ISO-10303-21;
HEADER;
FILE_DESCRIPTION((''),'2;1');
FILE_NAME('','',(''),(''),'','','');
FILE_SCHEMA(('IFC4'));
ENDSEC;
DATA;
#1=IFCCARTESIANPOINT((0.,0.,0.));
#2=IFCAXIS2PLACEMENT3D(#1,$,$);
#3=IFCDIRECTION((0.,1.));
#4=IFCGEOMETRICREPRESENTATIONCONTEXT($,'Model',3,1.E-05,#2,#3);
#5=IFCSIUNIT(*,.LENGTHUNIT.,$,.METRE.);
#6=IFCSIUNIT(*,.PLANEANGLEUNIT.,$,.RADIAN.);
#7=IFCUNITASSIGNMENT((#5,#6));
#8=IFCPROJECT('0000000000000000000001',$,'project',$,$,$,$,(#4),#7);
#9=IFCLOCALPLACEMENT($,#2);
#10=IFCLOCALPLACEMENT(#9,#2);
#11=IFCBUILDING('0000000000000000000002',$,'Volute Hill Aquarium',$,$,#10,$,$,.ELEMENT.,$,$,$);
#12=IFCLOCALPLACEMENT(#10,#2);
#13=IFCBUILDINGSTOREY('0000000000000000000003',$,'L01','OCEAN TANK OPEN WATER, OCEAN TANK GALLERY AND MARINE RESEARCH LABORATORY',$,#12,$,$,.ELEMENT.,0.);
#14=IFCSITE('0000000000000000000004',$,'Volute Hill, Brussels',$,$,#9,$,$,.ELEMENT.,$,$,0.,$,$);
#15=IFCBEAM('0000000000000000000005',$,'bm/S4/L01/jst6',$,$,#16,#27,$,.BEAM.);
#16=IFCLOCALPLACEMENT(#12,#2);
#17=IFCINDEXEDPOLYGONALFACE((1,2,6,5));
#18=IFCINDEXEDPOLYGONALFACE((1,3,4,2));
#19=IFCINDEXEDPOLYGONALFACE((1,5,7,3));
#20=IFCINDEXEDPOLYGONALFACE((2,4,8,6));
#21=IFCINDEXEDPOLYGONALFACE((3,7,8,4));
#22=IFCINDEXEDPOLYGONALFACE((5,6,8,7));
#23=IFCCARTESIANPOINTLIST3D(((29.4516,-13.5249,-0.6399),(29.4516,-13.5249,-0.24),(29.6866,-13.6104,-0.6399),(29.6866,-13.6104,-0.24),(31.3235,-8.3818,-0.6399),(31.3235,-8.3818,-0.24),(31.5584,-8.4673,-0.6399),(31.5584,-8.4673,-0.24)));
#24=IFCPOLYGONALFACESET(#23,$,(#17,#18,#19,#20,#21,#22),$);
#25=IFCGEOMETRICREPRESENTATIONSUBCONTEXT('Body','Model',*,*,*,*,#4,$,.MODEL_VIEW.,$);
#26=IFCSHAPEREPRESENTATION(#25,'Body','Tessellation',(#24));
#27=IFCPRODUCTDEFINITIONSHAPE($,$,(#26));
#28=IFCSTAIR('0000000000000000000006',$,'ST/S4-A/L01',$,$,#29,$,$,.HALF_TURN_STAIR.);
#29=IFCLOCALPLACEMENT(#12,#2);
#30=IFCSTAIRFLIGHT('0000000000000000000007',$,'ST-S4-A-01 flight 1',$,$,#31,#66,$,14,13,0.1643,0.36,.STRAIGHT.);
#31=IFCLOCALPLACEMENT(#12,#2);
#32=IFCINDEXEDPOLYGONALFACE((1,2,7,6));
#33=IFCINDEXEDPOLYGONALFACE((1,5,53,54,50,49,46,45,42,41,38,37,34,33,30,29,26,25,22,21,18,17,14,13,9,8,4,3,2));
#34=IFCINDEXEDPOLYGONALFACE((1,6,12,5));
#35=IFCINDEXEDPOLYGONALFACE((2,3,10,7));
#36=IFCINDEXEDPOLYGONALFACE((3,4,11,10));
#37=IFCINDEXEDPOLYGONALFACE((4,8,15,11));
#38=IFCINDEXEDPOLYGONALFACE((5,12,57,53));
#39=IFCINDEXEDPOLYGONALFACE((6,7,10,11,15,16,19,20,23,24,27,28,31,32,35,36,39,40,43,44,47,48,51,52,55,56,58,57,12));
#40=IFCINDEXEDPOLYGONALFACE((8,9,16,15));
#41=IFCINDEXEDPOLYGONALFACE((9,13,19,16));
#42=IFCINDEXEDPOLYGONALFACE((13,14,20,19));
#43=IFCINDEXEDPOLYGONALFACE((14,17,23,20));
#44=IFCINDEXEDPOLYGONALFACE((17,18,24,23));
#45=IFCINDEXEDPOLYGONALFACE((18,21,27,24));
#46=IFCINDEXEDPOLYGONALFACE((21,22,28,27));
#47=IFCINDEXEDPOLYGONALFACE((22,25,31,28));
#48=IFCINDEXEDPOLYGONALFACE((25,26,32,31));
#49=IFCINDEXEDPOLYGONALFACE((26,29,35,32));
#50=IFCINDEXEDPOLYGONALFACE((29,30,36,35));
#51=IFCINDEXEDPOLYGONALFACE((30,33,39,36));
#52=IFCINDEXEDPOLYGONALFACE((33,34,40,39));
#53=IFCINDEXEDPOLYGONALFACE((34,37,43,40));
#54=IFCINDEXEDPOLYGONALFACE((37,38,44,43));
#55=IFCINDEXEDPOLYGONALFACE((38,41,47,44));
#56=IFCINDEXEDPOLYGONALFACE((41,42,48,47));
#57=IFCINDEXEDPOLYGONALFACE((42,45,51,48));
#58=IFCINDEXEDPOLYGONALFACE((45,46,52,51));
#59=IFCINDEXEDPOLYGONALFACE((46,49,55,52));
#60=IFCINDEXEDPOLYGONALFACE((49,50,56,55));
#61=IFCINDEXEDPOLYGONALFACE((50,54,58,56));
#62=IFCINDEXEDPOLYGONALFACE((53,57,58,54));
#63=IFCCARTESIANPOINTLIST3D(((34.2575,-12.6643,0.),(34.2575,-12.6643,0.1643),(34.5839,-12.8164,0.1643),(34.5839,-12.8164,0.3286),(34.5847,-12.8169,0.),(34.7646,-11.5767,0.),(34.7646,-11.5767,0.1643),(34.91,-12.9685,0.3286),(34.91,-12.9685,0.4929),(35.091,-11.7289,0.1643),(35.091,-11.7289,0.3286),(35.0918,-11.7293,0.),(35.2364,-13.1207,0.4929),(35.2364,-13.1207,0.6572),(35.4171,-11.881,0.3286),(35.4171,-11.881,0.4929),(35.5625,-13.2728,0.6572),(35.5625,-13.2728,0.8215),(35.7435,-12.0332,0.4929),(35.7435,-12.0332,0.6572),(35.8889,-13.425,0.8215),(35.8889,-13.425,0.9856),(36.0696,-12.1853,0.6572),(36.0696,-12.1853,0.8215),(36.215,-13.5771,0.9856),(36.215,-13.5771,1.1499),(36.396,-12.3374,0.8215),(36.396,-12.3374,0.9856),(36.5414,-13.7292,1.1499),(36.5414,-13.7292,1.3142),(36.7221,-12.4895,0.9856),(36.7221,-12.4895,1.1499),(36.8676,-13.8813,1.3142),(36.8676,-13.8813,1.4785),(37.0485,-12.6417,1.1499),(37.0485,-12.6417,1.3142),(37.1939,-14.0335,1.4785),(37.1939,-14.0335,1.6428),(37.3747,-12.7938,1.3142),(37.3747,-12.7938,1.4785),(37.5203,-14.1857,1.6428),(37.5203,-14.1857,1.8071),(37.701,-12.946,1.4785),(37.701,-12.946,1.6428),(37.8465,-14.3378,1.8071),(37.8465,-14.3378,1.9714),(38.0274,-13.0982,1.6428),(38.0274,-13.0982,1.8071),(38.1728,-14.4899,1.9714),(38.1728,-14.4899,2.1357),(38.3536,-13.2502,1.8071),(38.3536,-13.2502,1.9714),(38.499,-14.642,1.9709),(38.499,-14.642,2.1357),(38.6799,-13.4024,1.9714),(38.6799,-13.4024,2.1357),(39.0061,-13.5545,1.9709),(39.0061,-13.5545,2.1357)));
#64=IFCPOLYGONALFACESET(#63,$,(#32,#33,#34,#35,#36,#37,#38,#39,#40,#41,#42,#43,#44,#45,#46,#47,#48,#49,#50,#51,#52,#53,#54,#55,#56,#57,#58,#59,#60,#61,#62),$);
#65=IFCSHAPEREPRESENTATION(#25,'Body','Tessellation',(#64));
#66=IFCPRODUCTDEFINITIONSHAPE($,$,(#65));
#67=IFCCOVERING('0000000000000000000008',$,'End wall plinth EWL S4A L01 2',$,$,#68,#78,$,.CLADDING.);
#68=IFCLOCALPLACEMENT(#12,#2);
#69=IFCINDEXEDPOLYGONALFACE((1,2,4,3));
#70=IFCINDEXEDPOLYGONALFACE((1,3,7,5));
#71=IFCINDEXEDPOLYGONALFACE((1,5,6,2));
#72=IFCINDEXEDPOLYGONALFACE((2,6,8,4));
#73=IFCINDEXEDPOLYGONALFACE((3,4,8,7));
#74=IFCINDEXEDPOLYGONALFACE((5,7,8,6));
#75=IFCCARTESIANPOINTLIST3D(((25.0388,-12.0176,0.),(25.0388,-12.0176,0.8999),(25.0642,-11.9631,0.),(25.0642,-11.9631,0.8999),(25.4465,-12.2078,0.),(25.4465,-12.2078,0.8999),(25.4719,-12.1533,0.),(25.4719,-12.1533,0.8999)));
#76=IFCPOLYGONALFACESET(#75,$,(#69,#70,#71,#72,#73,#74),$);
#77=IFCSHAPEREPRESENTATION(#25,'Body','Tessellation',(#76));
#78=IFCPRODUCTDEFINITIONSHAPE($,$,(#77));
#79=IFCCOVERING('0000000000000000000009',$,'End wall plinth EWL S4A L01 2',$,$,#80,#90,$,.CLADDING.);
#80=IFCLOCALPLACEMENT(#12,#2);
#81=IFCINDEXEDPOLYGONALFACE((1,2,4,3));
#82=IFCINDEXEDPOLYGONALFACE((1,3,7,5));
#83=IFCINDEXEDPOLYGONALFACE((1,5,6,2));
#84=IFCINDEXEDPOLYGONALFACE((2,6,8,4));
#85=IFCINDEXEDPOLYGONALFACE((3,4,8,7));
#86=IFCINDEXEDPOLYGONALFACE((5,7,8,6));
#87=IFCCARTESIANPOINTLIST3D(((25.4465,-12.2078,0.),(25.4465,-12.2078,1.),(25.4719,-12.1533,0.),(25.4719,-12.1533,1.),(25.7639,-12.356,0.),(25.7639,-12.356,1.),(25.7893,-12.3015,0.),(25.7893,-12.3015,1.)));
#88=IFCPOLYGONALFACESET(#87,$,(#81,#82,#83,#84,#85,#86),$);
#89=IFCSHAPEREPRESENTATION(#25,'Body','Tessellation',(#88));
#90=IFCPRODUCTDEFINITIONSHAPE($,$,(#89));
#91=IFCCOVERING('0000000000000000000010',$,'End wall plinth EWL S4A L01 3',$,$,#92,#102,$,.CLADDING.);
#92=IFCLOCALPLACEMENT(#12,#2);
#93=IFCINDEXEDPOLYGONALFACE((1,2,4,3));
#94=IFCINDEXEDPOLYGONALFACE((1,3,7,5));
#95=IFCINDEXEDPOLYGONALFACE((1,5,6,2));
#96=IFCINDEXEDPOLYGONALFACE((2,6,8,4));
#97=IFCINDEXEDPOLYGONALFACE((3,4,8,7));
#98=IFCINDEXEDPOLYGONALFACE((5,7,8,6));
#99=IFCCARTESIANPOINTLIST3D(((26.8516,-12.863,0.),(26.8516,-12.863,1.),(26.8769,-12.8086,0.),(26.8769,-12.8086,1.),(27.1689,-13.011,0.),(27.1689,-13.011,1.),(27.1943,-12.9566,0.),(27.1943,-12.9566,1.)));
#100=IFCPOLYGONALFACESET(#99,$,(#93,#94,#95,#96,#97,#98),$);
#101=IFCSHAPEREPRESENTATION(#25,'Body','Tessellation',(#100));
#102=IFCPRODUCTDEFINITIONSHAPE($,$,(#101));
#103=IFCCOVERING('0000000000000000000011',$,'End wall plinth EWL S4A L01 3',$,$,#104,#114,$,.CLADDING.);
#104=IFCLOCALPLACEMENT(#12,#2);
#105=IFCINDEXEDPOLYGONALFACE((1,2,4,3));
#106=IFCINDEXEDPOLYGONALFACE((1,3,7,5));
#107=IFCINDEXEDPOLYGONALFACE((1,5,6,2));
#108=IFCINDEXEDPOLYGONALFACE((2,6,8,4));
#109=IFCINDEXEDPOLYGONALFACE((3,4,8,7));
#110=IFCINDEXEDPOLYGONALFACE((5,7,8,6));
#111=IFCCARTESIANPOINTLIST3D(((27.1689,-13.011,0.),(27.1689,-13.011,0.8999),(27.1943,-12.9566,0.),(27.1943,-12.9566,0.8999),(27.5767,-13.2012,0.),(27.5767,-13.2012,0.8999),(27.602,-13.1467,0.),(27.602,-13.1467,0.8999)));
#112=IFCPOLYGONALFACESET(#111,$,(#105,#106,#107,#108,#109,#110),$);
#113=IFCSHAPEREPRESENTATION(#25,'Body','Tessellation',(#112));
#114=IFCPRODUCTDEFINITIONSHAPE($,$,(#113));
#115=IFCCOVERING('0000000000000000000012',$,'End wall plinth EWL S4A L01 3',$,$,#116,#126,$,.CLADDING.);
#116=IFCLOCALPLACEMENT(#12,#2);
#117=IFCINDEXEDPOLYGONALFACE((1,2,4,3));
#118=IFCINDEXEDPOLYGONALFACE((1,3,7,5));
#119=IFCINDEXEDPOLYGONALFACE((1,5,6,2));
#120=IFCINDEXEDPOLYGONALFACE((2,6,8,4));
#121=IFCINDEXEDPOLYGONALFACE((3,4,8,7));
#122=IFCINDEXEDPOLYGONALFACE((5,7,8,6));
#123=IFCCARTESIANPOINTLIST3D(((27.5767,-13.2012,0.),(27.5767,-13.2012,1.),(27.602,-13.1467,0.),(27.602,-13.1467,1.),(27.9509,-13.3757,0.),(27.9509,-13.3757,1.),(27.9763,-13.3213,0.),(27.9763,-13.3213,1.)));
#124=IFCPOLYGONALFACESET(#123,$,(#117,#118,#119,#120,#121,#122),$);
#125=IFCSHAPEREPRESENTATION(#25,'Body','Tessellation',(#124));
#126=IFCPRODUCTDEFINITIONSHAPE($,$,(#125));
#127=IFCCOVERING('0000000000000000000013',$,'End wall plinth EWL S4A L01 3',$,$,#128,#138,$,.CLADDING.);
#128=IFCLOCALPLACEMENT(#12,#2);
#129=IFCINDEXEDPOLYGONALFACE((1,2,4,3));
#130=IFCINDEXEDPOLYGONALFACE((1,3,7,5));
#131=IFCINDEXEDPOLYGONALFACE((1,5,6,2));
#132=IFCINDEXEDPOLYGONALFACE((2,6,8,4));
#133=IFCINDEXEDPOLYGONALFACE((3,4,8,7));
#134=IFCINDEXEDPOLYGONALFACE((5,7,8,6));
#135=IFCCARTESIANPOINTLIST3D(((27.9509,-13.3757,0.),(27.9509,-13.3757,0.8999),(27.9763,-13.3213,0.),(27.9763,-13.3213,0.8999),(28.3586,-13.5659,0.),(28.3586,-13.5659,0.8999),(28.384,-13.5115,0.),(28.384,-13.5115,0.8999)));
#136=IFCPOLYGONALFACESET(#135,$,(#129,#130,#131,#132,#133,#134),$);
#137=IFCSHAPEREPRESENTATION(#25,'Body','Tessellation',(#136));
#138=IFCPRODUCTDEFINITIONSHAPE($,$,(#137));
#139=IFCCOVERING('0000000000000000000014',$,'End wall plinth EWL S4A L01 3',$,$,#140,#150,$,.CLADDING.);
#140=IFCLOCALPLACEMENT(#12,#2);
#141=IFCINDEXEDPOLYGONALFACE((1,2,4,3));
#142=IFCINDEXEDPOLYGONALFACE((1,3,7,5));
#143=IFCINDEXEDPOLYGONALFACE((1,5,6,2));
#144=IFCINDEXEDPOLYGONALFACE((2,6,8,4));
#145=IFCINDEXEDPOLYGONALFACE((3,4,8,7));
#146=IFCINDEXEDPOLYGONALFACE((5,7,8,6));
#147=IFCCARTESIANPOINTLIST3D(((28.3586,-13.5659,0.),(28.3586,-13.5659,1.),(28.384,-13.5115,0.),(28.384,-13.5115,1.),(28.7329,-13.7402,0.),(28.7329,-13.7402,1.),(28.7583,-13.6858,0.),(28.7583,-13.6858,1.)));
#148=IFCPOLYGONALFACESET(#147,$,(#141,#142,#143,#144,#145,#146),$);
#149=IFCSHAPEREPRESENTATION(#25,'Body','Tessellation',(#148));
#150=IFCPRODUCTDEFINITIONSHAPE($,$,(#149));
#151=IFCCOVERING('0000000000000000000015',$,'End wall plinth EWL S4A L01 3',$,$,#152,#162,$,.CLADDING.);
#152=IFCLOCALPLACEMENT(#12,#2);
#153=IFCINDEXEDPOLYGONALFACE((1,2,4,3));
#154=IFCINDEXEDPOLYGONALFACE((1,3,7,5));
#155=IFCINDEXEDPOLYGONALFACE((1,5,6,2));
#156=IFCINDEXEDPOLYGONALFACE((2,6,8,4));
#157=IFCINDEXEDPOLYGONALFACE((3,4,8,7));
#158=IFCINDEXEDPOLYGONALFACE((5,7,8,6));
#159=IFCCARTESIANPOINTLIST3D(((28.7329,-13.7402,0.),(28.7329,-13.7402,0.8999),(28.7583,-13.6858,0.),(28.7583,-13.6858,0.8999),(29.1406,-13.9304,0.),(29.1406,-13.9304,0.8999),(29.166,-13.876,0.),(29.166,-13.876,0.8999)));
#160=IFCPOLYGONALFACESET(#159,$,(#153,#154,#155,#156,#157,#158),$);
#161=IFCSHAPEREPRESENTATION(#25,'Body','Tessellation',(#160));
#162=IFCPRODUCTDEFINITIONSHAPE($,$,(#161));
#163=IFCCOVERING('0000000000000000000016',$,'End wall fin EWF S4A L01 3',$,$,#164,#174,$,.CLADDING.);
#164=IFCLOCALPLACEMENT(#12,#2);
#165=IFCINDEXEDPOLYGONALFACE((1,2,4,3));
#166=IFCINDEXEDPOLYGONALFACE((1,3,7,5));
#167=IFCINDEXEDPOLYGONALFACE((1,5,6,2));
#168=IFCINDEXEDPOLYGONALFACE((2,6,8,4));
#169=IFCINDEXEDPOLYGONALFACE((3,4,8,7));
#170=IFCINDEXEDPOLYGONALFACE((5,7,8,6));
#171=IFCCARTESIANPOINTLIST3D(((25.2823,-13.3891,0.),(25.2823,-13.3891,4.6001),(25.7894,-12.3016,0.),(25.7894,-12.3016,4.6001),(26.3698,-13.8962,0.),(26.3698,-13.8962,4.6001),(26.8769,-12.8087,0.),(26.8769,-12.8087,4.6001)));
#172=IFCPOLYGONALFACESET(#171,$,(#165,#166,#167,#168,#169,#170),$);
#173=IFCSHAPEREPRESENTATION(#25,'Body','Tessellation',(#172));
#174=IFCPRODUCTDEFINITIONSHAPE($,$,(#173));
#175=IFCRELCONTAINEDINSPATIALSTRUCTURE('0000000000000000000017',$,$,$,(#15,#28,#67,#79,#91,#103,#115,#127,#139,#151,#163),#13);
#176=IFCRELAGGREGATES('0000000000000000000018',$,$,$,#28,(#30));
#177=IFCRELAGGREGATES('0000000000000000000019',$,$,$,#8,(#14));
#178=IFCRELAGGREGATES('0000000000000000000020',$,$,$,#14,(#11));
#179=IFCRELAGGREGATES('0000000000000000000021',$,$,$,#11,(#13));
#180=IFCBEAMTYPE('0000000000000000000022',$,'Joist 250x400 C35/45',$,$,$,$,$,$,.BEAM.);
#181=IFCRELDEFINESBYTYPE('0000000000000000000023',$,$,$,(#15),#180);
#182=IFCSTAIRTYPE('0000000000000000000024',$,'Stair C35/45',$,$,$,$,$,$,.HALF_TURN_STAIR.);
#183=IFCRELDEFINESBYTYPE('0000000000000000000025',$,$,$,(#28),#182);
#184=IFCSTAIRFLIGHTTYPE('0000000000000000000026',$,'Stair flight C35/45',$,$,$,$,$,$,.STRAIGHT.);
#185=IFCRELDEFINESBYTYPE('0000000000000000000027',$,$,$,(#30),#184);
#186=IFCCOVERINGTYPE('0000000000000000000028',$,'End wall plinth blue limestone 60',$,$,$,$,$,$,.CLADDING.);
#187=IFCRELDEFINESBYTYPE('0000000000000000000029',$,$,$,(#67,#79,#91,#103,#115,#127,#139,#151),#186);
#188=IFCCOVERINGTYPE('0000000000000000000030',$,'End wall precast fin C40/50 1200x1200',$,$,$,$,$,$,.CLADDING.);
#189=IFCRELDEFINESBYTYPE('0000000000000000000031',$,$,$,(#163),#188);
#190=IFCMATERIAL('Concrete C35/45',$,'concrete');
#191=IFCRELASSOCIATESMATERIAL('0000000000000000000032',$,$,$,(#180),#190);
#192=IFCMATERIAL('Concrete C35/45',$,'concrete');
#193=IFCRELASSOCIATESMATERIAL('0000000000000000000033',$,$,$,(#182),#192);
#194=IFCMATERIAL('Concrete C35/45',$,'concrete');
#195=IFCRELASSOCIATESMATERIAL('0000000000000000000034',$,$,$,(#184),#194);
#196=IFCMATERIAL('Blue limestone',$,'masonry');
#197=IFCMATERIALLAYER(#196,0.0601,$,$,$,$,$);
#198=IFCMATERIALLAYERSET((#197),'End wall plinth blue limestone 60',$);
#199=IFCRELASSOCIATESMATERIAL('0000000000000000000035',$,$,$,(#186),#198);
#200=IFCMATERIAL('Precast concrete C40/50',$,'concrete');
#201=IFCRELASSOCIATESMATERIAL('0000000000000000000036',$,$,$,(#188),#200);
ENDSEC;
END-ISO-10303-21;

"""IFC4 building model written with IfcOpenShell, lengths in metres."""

from ifc_helpers import new_model, si_unit, direction, frame, origin, origin_2d, place, context, subcontext, project, spatial, polyline, rectangle, outline, extrude, material, layer, layer_set, material_profile, profile_set, type_object, element, aggregate, save


model = new_model("IFC4")

# Units and contexts
model_context = context("Model", 3, precision=1e-05, world=origin(), true_north=direction((0.0, 1.0)))
body_context = subcontext(model_context, "Body", "Model", "MODEL_VIEW")
ifc_project = project(units=[si_unit("LENGTHUNIT", "METRE"), si_unit("PLANEANGLEUNIT", "RADIAN")], contexts=[model_context])

# Site, building, storey
site_placement = place(None, origin())
site = spatial("IfcSite", under=ifc_project, at=site_placement, Name="Volute Hill, Brussels", CompositionType="ELEMENT", RefElevation=0.0)
building_placement = place(site_placement, origin())
building = spatial("IfcBuilding", under=site, at=building_placement, Name="Volute Hill Aquarium", CompositionType="ELEMENT")
storey_placement = place(building_placement, origin())
storey = spatial("IfcBuildingStorey", under=building, at=storey_placement, Name="L01", Description="OCEAN TANK OPEN WATER, OCEAN TANK GALLERY AND MARINE RESEARCH LABORATORY", CompositionType="ELEMENT", Elevation=0.0)

# Beam
ifc_material_1 = material(Name="Concrete C35/45", Category="concrete")
ifc_material_profile = material_profile(ifc_material_1, rectangle(XDim=0.25, YDim=0.3999, at=origin_2d()), Name="RC joist 250x400")
ifc_profile_set = profile_set([ifc_material_profile], Name="Concrete C35/45")
beam_type = type_object("IfcBeamType", Name="Joist 250x400 C35/45", PredefinedType="BEAM", material=ifc_profile_set)
beam_placement = place(storey_placement, frame((29.5691, -13.5676, -0.4399), z_axis=(0.342005, 0.939698, 0.0), x_axis=(-0.939698, 0.342005, 0.0)))
element("IfcBeam", 1, at=beam_placement, inside=storey, type_object=beam_type, Name="bm/S4/L01/jst6", PredefinedType="BEAM", context=body_context, shape_type="SweptSolid", body=[
    extrude(rectangle(XDim=0.25, YDim=0.3999, at=origin_2d()), origin(), (0.0, 0.0, 1.0), 5.4731),
])

# Stair, stair flight
ifc_material_2 = material(Name="Concrete C35/45", Category="concrete")
stair_type = type_object("IfcStairType", Name="Stair C35/45", PredefinedType="HALF_TURN_STAIR", material=ifc_material_2)
stair_placement = place(storey_placement, origin())
stair = element("IfcStair", 2, at=stair_placement, inside=storey, type_object=stair_type, Name="ST/S4-A/L01", PredefinedType="HALF_TURN_STAIR")
ifc_material_3 = material(Name="Concrete C35/45", Category="concrete")
stair_flight_type = type_object("IfcStairFlightType", Name="Stair flight C35/45", PredefinedType="STRAIGHT", material=ifc_material_3)
stair_flight_placement = place(storey_placement, frame((34.511, -12.1206, 0.0), z_axis=(0.0, 0.0, 1.0), x_axis=(0.906313, -0.422606, 0.0)))
stair_flight = element("IfcStairFlight", 3, at=stair_flight_placement, type_object=stair_flight_type, Name="ST-S4-A-01 flight 1", NumberOfRisers=14, NumberOfTreads=13, PredefinedType="STRAIGHT", RiserHeight=0.1643, TreadLength=0.36, context=body_context, shape_type="SweptSolid", body=[
    extrude(outline(polyline([(0.0, 0.0), (0.0, 0.1643), (0.3601, 0.1643), (0.3601, 0.3286), (0.72, 0.3286), (0.72, 0.4929), (1.0801, 0.4929), (1.0801, 0.6572), (1.4399, 0.6572), (1.4399, 0.8215), (1.8, 0.8215), (1.8, 0.9856), (2.1599, 0.9856), (2.1599, 1.1499), (2.52, 1.1499), (2.52, 1.3142), (2.8799, 1.3142), (2.8799, 1.4785), (3.24, 1.4785), (3.24, 1.6428), (3.6001, 1.6428), (3.6001, 1.8071), (3.96, 1.8071), (3.96, 1.9714), (4.3201, 1.9714), (4.3201, 2.1357), (4.6799, 2.1357), (4.6799, 2.3), (4.6799, 1.9709), (0.3611, 0.0), (0.0, 0.0)])), frame((0.0, 0.6001, 0.0), z_axis=(0.0, -1.0, 0.0), x_axis=(1.0, 0.0, 0.0)), (0.0, 0.0, 1.0), 1.2),
])
aggregate(stair, [stair_flight])

# Coverings
ifc_material_4 = material(Name="Blue limestone", Category="masonry")
ifc_layer_1 = layer(ifc_material_4, 0.0601)
ifc_layer_set_1 = layer_set([ifc_layer_1], Name="End wall plinth blue limestone 60")
covering_type_1 = type_object("IfcCoveringType", Name="End wall plinth blue limestone 60", PredefinedType="CLADDING", material=ifc_layer_set_1)
covering_1_placement = place(storey_placement, frame((25.0388, -12.0176, 0.0), z_axis=(-0.422737, -0.906252, 0.0), x_axis=(0.906252, -0.422737, 0.0)))
element("IfcCovering", 4, at=covering_1_placement, inside=storey, type_object=covering_type_1, Name="End wall plinth EWL S4A L01 2", PredefinedType="CLADDING", context=body_context, shape_type="SweptSolid", body=[
    extrude(outline(polyline([(0.0, 0.0), (0.4499, 0.0), (0.4499, 0.8999), (0.0, 0.8999), (0.0, 0.0)])), origin(), (0.0, 0.0, -1.0), 0.0601),
])
covering_2_placement = place(storey_placement, frame((25.4465, -12.2078, 0.0), z_axis=(-0.423076, -0.906094, 0.0), x_axis=(0.906094, -0.423076, 0.0)))
element("IfcCovering", 5, at=covering_2_placement, inside=storey, type_object=covering_type_1, Name="End wall plinth EWL S4A L01 2", PredefinedType="CLADDING", context=body_context, shape_type="SweptSolid", body=[
    extrude(outline(polyline([(0.0, 0.0), (0.3503, 0.0), (0.3503, 1.0), (0.0, 1.0), (0.0, 0.0)])), origin(), (0.0, 0.0, -1.0), 0.0601),
])
covering_3_placement = place(storey_placement, frame((26.8516, -12.863, 0.0), z_axis=(-0.422504, -0.906361, 0.0), x_axis=(0.906361, -0.422504, 0.0)))
element("IfcCovering", 6, at=covering_3_placement, inside=storey, type_object=covering_type_1, Name="End wall plinth EWL S4A L01 3", PredefinedType="CLADDING", context=body_context, shape_type="SweptSolid", body=[
    extrude(outline(polyline([(0.0, 0.0), (0.3502, 0.0), (0.3502, 1.0), (0.0, 1.0), (0.0, 0.0)])), origin(), (0.0, 0.0, -1.0), 0.0601),
])
covering_4_placement = place(storey_placement, frame((27.1689, -13.011, 0.0), z_axis=(-0.422737, -0.906252, 0.0), x_axis=(0.906252, -0.422737, 0.0)))
element("IfcCovering", 7, at=covering_4_placement, inside=storey, type_object=covering_type_1, Name="End wall plinth EWL S4A L01 3", PredefinedType="CLADDING", context=body_context, shape_type="SweptSolid", body=[
    extrude(outline(polyline([(0.0, 0.0), (0.4499, 0.0), (0.4499, 0.8999), (0.0, 0.8999), (0.0, 0.0)])), origin(), (0.0, 0.0, -1.0), 0.0601),
])
covering_5_placement = place(storey_placement, frame((27.5767, -13.2012, 0.0), z_axis=(-0.422691, -0.906274, 0.0), x_axis=(0.906274, -0.422691, 0.0)))
element("IfcCovering", 8, at=covering_5_placement, inside=storey, type_object=covering_type_1, Name="End wall plinth EWL S4A L01 3", PredefinedType="CLADDING", context=body_context, shape_type="SweptSolid", body=[
    extrude(outline(polyline([(0.0, 0.0), (0.413, 0.0), (0.413, 1.0), (0.0, 1.0), (0.0, 0.0)])), origin(), (0.0, 0.0, -1.0), 0.0601),
])
covering_6_placement = place(storey_placement, frame((27.9509, -13.3757, 0.0), z_axis=(-0.422737, -0.906252, 0.0), x_axis=(0.906252, -0.422737, 0.0)))
element("IfcCovering", 9, at=covering_6_placement, inside=storey, type_object=covering_type_1, Name="End wall plinth EWL S4A L01 3", PredefinedType="CLADDING", context=body_context, shape_type="SweptSolid", body=[
    extrude(outline(polyline([(0.0, 0.0), (0.4499, 0.0), (0.4499, 0.8999), (0.0, 0.8999), (0.0, 0.0)])), origin(), (0.0, 0.0, -1.0), 0.0601),
])
covering_7_placement = place(storey_placement, frame((28.3586, -13.5659, 0.0), z_axis=(-0.422206, -0.9065, 0.0), x_axis=(0.9065, -0.422206, 0.0)))
element("IfcCovering", 10, at=covering_7_placement, inside=storey, type_object=covering_type_1, Name="End wall plinth EWL S4A L01 3", PredefinedType="CLADDING", context=body_context, shape_type="SweptSolid", body=[
    extrude(outline(polyline([(0.0, 0.0), (0.4129, 0.0), (0.4129, 1.0), (0.0, 1.0), (0.0, 0.0)])), origin(), (0.0, 0.0, -1.0), 0.0601),
])
covering_8_placement = place(storey_placement, frame((28.7329, -13.7402, 0.0), z_axis=(-0.422737, -0.906252, 0.0), x_axis=(0.906252, -0.422737, 0.0)))
element("IfcCovering", 11, at=covering_8_placement, inside=storey, type_object=covering_type_1, Name="End wall plinth EWL S4A L01 3", PredefinedType="CLADDING", context=body_context, shape_type="SweptSolid", body=[
    extrude(outline(polyline([(0.0, 0.0), (0.4499, 0.0), (0.4499, 0.8999), (0.0, 0.8999), (0.0, 0.0)])), origin(), (0.0, 0.0, -1.0), 0.0601),
])
ifc_material_5 = material(Name="Precast concrete C40/50", Category="concrete")
covering_type_2 = type_object("IfcCoveringType", Name="End wall precast fin C40/50 1200x1200", PredefinedType="CLADDING", material=ifc_material_5)
covering_9_placement = place(storey_placement, frame((26.0796, -13.0989, 0.0), z_axis=(0.0, 0.0, 1.0), x_axis=(0.906307, -0.42262, 0.0)))
element("IfcCovering", 12, at=covering_9_placement, inside=storey, type_object=covering_type_2, Name="End wall fin EWF S4A L01 3", PredefinedType="CLADDING", context=body_context, shape_type="SweptSolid", body=[
    extrude(rectangle(XDim=1.2, YDim=1.2, at=origin_2d()), origin(), (0.0, 0.0, 1.0), 4.6001),
])

save(model, "model.ifc")
